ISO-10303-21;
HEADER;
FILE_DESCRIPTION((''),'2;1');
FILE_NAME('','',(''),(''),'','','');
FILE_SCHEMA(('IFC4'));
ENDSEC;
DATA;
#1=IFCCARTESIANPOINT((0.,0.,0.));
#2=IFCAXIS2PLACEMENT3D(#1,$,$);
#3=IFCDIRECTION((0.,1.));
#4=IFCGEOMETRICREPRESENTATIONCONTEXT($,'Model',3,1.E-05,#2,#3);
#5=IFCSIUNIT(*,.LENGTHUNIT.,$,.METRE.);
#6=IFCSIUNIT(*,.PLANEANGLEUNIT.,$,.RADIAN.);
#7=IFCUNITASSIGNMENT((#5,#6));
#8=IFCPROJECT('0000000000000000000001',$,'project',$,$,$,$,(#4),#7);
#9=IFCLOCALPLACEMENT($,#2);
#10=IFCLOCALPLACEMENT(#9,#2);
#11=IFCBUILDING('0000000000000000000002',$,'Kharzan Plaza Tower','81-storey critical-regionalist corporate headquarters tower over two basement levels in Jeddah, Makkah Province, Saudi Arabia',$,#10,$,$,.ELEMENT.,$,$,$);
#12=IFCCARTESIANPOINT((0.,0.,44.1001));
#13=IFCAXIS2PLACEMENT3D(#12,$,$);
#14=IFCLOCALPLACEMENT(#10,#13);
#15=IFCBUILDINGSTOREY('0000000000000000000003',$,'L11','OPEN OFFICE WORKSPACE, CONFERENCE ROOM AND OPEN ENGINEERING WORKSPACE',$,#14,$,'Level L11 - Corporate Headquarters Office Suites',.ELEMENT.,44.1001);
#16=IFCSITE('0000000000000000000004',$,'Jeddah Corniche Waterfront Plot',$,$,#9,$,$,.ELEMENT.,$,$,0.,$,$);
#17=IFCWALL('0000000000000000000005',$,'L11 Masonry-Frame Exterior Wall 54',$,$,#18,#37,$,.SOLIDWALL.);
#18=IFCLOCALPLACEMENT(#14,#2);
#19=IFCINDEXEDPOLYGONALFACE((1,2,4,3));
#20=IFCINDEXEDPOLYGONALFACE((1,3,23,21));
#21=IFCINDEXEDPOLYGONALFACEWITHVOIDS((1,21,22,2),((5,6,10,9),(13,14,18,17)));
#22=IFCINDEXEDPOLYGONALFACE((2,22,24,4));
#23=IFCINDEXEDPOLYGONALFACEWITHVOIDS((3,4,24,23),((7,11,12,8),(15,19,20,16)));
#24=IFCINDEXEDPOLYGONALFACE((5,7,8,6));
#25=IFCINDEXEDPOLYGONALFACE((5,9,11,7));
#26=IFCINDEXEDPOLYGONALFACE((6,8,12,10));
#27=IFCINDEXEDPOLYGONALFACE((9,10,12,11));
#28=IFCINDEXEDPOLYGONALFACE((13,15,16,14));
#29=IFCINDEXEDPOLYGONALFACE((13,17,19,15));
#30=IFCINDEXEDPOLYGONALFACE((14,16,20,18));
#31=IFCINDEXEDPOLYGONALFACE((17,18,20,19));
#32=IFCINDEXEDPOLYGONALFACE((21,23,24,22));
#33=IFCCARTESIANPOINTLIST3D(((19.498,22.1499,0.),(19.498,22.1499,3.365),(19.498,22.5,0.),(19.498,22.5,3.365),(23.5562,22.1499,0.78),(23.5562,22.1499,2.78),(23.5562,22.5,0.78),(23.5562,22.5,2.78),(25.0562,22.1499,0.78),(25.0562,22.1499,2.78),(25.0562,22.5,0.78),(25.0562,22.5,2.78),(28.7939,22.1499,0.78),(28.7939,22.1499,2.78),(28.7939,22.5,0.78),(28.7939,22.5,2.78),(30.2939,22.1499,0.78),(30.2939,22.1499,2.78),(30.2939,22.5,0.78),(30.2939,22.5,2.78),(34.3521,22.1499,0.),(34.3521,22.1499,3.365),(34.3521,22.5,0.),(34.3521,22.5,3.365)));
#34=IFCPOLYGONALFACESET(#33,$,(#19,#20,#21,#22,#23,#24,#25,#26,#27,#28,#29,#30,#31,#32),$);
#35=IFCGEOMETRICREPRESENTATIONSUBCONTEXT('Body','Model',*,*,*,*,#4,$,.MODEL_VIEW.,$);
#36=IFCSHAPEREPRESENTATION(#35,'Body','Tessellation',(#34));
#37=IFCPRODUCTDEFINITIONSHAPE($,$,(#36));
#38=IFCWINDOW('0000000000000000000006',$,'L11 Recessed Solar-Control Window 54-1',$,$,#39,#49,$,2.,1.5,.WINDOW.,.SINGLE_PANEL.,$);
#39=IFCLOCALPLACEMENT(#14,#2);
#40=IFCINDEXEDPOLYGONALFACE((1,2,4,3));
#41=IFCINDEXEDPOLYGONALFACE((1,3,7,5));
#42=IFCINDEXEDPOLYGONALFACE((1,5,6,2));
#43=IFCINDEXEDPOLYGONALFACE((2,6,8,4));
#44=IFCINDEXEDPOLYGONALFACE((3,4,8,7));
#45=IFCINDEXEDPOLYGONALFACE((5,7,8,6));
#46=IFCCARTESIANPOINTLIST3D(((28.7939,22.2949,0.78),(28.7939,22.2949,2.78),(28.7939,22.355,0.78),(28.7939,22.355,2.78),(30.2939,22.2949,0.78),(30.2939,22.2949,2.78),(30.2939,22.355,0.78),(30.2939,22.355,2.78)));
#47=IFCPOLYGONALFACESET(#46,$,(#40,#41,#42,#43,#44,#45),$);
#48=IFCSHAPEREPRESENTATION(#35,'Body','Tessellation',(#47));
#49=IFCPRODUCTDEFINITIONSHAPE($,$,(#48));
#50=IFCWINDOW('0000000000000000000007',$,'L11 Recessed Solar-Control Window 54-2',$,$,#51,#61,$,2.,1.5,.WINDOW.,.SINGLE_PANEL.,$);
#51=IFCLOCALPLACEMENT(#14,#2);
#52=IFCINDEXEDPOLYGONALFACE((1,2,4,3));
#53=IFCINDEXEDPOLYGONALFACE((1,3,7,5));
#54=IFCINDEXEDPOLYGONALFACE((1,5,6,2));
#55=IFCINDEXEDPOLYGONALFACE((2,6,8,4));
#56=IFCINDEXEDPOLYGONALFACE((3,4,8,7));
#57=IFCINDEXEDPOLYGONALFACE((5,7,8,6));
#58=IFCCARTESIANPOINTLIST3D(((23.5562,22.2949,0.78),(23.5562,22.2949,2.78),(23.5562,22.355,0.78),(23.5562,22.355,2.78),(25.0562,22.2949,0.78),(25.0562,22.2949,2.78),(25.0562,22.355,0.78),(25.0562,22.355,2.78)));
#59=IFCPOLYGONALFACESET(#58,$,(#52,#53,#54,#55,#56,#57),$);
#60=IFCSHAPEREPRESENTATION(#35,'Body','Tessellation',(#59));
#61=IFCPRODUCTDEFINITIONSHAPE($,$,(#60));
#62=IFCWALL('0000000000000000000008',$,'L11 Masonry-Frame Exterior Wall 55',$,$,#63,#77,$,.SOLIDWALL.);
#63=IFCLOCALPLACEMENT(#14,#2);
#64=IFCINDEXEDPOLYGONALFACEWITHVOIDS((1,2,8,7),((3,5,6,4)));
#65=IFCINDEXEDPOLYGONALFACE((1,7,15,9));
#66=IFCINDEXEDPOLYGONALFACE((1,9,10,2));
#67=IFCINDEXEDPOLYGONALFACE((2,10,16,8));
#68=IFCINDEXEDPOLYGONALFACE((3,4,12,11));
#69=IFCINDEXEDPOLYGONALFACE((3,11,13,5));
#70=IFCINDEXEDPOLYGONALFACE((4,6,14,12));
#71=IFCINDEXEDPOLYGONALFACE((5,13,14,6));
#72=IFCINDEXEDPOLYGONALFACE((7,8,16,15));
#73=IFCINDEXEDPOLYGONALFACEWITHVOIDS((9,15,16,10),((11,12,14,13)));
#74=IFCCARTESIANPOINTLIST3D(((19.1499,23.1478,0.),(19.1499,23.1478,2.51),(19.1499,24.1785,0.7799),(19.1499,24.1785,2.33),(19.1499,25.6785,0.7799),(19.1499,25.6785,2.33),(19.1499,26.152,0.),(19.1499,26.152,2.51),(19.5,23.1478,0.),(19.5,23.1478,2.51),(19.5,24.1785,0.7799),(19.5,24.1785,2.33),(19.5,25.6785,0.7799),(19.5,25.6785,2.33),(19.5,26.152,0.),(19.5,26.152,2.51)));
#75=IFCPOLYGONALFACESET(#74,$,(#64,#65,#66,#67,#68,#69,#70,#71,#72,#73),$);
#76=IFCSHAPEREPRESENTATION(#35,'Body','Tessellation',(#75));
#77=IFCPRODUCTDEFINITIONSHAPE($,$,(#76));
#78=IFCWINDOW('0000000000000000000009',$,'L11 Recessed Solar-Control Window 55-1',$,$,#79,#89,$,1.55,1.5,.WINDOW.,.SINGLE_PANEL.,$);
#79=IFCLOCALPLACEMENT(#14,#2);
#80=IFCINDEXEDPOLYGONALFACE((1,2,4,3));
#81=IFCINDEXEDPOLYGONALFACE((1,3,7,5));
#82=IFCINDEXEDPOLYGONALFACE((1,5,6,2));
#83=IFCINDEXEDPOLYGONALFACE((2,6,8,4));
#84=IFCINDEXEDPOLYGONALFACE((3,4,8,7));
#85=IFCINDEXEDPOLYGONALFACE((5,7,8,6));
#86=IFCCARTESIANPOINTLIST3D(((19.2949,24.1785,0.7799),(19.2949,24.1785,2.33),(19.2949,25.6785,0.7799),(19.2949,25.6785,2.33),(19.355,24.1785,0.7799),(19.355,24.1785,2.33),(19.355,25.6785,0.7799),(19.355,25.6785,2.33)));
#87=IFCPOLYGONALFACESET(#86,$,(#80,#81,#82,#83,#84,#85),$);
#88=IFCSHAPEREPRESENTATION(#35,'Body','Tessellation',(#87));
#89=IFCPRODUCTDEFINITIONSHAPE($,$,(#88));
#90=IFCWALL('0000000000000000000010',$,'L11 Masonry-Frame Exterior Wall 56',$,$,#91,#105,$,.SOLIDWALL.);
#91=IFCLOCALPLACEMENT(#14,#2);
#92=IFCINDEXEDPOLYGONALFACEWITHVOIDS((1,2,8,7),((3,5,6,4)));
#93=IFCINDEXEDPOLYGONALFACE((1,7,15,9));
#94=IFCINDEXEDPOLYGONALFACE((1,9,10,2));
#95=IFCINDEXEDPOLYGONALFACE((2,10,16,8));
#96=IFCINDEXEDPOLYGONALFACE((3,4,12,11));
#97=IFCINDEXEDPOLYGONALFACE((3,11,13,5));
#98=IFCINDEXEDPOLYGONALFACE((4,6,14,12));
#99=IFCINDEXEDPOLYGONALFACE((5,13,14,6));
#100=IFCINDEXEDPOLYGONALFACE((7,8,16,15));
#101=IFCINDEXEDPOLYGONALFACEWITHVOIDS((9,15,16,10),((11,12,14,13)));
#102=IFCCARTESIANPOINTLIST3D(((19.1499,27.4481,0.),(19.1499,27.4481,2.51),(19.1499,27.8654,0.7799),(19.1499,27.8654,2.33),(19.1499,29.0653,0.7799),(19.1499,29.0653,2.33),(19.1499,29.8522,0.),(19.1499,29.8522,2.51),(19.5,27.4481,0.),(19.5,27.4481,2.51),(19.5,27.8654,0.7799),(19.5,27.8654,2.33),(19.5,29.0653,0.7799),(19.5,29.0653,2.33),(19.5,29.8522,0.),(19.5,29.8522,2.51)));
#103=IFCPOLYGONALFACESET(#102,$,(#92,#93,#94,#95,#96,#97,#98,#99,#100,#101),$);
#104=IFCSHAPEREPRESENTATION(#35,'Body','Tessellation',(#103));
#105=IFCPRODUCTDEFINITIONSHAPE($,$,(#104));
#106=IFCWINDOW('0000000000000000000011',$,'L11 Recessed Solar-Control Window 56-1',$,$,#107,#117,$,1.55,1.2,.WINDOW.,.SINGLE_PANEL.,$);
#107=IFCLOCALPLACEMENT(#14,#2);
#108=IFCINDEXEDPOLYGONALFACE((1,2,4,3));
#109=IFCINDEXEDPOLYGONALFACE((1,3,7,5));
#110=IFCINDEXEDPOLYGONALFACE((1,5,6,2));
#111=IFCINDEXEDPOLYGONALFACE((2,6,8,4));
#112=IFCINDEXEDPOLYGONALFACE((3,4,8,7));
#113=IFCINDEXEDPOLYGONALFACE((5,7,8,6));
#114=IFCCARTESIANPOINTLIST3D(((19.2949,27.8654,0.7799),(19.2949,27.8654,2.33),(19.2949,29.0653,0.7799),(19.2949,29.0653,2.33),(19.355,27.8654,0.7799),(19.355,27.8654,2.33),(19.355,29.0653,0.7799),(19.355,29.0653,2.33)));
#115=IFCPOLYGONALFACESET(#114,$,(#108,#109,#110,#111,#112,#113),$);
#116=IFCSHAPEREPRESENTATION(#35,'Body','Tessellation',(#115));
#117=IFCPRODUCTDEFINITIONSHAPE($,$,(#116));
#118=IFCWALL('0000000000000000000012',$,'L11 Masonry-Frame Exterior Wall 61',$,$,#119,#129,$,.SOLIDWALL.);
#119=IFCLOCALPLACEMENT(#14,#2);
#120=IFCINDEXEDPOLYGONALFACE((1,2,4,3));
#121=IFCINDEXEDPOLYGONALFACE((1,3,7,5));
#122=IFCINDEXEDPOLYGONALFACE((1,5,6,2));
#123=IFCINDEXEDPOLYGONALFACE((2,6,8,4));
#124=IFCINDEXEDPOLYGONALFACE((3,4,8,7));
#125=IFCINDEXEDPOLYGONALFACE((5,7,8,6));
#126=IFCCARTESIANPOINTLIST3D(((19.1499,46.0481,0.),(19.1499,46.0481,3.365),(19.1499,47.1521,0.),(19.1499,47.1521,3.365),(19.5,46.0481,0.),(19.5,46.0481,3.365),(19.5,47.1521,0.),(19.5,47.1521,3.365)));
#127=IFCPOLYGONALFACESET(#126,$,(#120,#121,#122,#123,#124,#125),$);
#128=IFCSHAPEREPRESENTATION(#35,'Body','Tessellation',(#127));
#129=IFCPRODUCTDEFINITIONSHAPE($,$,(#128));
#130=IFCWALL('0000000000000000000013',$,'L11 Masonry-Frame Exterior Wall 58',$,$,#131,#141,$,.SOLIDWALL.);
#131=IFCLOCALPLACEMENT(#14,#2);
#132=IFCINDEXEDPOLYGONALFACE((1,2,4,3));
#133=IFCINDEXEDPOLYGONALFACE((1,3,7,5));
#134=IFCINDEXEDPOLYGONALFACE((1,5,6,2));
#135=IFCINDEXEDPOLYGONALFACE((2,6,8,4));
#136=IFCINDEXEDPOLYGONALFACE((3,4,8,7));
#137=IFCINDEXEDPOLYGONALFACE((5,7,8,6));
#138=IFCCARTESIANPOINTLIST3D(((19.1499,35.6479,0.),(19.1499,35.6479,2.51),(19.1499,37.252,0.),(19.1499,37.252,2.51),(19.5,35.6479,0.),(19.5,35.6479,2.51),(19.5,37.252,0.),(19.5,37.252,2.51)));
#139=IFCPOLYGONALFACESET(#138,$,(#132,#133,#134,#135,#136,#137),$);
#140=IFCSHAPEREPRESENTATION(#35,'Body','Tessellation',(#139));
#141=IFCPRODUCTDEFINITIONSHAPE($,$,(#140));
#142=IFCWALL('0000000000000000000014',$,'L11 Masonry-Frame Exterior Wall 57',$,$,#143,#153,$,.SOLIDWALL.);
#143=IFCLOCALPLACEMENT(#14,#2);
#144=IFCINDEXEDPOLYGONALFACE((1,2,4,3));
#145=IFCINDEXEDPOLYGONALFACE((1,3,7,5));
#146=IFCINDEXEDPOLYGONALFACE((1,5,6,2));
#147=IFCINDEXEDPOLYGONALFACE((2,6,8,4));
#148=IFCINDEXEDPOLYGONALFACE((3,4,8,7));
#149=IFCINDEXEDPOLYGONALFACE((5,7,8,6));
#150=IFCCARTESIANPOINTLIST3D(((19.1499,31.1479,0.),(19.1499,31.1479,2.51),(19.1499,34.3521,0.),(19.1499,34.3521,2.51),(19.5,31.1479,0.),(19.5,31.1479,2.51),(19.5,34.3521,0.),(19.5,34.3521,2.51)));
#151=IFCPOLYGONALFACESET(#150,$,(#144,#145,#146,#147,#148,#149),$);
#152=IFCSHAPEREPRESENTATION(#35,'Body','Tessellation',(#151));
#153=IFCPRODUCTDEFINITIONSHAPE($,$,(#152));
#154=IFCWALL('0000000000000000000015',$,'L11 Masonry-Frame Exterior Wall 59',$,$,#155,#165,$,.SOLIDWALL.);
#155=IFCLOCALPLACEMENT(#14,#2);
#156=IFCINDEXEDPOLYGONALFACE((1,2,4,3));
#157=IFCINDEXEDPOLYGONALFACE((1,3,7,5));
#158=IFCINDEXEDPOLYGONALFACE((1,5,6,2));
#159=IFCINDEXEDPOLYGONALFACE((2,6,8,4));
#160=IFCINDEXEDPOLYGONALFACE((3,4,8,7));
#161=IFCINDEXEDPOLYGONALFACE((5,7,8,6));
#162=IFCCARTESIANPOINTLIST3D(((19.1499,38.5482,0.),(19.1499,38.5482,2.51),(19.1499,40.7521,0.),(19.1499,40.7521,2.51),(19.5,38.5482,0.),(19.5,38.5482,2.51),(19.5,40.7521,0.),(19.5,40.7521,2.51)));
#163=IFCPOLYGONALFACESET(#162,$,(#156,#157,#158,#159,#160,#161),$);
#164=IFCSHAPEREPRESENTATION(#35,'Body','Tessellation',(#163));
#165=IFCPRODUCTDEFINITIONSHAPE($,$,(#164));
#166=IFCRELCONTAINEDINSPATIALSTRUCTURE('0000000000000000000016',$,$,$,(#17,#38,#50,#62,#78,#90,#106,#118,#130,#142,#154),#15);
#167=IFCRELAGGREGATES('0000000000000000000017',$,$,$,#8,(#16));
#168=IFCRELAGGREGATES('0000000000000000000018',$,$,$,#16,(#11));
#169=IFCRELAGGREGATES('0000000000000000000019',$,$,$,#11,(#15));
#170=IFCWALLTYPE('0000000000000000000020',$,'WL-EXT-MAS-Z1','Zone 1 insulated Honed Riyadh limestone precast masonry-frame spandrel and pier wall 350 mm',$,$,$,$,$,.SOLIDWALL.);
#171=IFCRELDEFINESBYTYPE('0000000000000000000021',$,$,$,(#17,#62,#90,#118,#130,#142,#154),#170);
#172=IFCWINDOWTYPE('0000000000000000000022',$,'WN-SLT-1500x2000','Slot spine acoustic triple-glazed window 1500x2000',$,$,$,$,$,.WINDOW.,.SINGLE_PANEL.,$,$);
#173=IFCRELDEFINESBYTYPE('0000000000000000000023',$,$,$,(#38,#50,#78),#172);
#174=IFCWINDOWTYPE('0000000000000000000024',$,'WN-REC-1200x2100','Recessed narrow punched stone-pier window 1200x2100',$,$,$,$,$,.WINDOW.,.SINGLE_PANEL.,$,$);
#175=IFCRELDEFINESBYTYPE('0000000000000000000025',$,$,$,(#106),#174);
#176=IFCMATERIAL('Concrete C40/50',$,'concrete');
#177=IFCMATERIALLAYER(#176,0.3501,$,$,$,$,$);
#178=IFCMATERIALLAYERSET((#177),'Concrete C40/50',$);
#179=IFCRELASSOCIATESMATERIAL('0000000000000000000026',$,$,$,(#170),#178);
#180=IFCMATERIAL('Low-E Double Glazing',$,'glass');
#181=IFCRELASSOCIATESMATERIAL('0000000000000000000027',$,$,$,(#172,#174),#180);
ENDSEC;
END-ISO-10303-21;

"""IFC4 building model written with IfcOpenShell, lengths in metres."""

from ifc_helpers import new_model, si_unit, direction, frame, frame_2d, origin, place, context, subcontext, project, spatial, rectangle, extrude, source, transform, mapped, material, layer, layer_set, type_object, element, fill, save


model = new_model("IFC4")

# Units and contexts
model_context = context("Model", 3, precision=1e-05, world=origin(), true_north=direction((0.0, 1.0)))
body_context = subcontext(model_context, "Body", "Model", "MODEL_VIEW")
ifc_project = project(units=[si_unit("LENGTHUNIT", "METRE"), si_unit("PLANEANGLEUNIT", "RADIAN")], contexts=[model_context])

# Site, building, storey
site_placement = place(None, origin())
site = spatial("IfcSite", under=ifc_project, at=site_placement, Name="Jeddah Corniche Waterfront Plot", CompositionType="ELEMENT", RefElevation=0.0)
building_placement = place(site_placement, origin())
building = spatial("IfcBuilding", under=site, at=building_placement, Name="Kharzan Plaza Tower", Description="81-storey critical-regionalist corporate headquarters tower over two basement levels in Jeddah, Makkah Province, Saudi Arabia", CompositionType="ELEMENT")
storey_placement = place(building_placement, frame((0.0, 0.0, 44.1001)))
storey = spatial("IfcBuildingStorey", under=building, at=storey_placement, Name="L11", Description="OPEN OFFICE WORKSPACE, CONFERENCE ROOM AND OPEN ENGINEERING WORKSPACE", LongName="Level L11 - Corporate Headquarters Office Suites", CompositionType="ELEMENT", Elevation=44.1001)

# Shared definitions
ifc_material_1 = material(Name="Concrete C40/50", Category="concrete")
ifc_layer_1 = layer(ifc_material_1, 0.3501)
ifc_layer_set_1 = layer_set([ifc_layer_1], Name="Concrete C40/50")
wall_type_1 = type_object("IfcWallType", Name="WL-EXT-MAS-Z1", Description="Zone 1 insulated Honed Riyadh limestone precast masonry-frame spandrel and pier wall 350 mm", PredefinedType="SOLIDWALL", material=ifc_layer_set_1)
ifc_material_2 = material(Name="Low-E Double Glazing", Category="glass")

# Wall, openings, windows
wall_1_placement = place(storey_placement, frame((34.3521, 22.325, 0.0), z_axis=(0.0, 0.0, 1.0), x_axis=(-1.0, 0.0, 0.0)))
wall_1 = element("IfcWall", 1, at=wall_1_placement, inside=storey, type_object=wall_type_1, Name="L11 Masonry-Frame Exterior Wall 54", PredefinedType="SOLIDWALL", context=body_context, shape_type="SweptSolid", body=[
    extrude(rectangle(XDim=14.854, YDim=0.3501, at=frame_2d((7.427, 0.0))), origin(), (0.0, 0.0, 1.0), 3.365),
])
opening_1_placement = place(wall_1_placement, frame((4.0581, 0.0, 0.78)))
opening_1 = element("IfcOpeningElement", 2, at=opening_1_placement, cuts=wall_1, PredefinedType="OPENING", context=body_context, shape_type="SweptSolid", body=[
    extrude(rectangle(XDim=1.5, YDim=2.0, at=frame_2d((0.75, 1.0))), frame((0.0, 0.1851, 0.0), z_axis=(0.0, -1.0, 0.0), x_axis=(1.0, 0.0, 0.0)), (0.0, 0.0, 1.0), 0.3701),
])
opening_2_placement = place(wall_1_placement, frame((9.2959, 0.0, 0.78)))
opening_2 = element("IfcOpeningElement", 3, at=opening_2_placement, cuts=wall_1, PredefinedType="OPENING", context=body_context, shape_type="SweptSolid", body=[
    extrude(rectangle(XDim=1.5, YDim=2.0, at=frame_2d((0.75, 1.0))), frame((0.0, 0.1851, 0.0), z_axis=(0.0, -1.0, 0.0), x_axis=(1.0, 0.0, 0.0)), (0.0, 0.0, 1.0), 0.3701),
])
window_type_1 = type_object("IfcWindowType", Name="WN-SLT-1500x2000", Description="Slot spine acoustic triple-glazed window 1500x2000", PartitioningType="SINGLE_PANEL", PredefinedType="WINDOW", material=ifc_material_2)
shared_shape_1 = source(origin(), body_context, "Body", "SweptSolid", [
    extrude(rectangle(XDim=1.5, YDim=2.0, at=frame_2d((0.75, 1.0))), frame((0.0, 0.03, 0.0), z_axis=(0.0, -1.0, 0.0), x_axis=(1.0, 0.0, 0.0)), (0.0, 0.0, 1.0), 0.0601),
])
window_1_placement = place(opening_1_placement, origin())
window_1 = element("IfcWindow", 4, at=window_1_placement, inside=storey, type_object=window_type_1, Name="L11 Recessed Solar-Control Window 54-1", OverallHeight=2.0, OverallWidth=1.5, PartitioningType="SINGLE_PANEL", PredefinedType="WINDOW", context=body_context, shape_type="MappedRepresentation", body=[
    mapped(shared_shape_1, transform((0.0, 0.0, 0.0), x_axis=(1.0, 0.0, 0.0), y_axis=(0.0, 1.0, 0.0), z_axis=(0.0, 0.0, 1.0))),
])
fill(opening_1, window_1)
window_2_placement = place(opening_2_placement, origin())
window_2 = element("IfcWindow", 5, at=window_2_placement, inside=storey, type_object=window_type_1, Name="L11 Recessed Solar-Control Window 54-2", OverallHeight=2.0, OverallWidth=1.5, PartitioningType="SINGLE_PANEL", PredefinedType="WINDOW", context=body_context, shape_type="MappedRepresentation", body=[
    mapped(shared_shape_1, transform((0.0, 0.0, 0.0), x_axis=(1.0, 0.0, 0.0), y_axis=(0.0, 1.0, 0.0), z_axis=(0.0, 0.0, 1.0))),
])
fill(opening_2, window_2)

# Walls, openings, windows
wall_2_placement = place(storey_placement, frame((19.325, 23.1479, 0.0), z_axis=(0.0, 0.0, 1.0), x_axis=(0.0, 1.0, 0.0)))
wall_2 = element("IfcWall", 6, at=wall_2_placement, inside=storey, type_object=wall_type_1, Name="L11 Masonry-Frame Exterior Wall 55", PredefinedType="SOLIDWALL", context=body_context, shape_type="SweptSolid", body=[
    extrude(rectangle(XDim=3.0042, YDim=0.3501, at=frame_2d((1.502, 0.0))), origin(), (0.0, 0.0, 1.0), 2.51),
])
opening_3_placement = place(wall_2_placement, frame((1.0305, 0.0, 0.78)))
opening_3 = element("IfcOpeningElement", 7, at=opening_3_placement, cuts=wall_2, PredefinedType="OPENING", context=body_context, shape_type="SweptSolid", body=[
    extrude(rectangle(XDim=1.5, YDim=1.55, at=frame_2d((0.75, 0.7749))), frame((0.0, 0.1851, 0.0), z_axis=(0.0, -1.0, 0.0), x_axis=(1.0, 0.0, 0.0)), (0.0, 0.0, 1.0), 0.3701),
])
shared_shape_2 = source(origin(), body_context, "Body", "SweptSolid", [
    extrude(rectangle(XDim=1.5, YDim=1.55, at=frame_2d((0.75, 0.7749))), frame((0.0, 0.03, 0.0), z_axis=(0.0, -1.0, 0.0), x_axis=(1.0, 0.0, 0.0)), (0.0, 0.0, 1.0), 0.0601),
])
window_3_placement = place(opening_3_placement, origin())
window_3 = element("IfcWindow", 8, at=window_3_placement, inside=storey, type_object=window_type_1, Name="L11 Recessed Solar-Control Window 55-1", OverallHeight=1.55, OverallWidth=1.5, PartitioningType="SINGLE_PANEL", PredefinedType="WINDOW", context=body_context, shape_type="MappedRepresentation", body=[
    mapped(shared_shape_2, transform((0.0, 0.0, 0.0), x_axis=(1.0, 0.0, 0.0), y_axis=(0.0, 1.0, 0.0), z_axis=(0.0, 0.0, 1.0))),
])
fill(opening_3, window_3)
wall_3_placement = place(storey_placement, frame((19.325, 27.448, 0.0), z_axis=(0.0, 0.0, 1.0), x_axis=(0.0, 1.0, 0.0)))
wall_3 = element("IfcWall", 9, at=wall_3_placement, inside=storey, type_object=wall_type_1, Name="L11 Masonry-Frame Exterior Wall 56", PredefinedType="SOLIDWALL", context=body_context, shape_type="SweptSolid", body=[
    extrude(rectangle(XDim=2.4041, YDim=0.3501, at=frame_2d((1.2021, 0.0))), origin(), (0.0, 0.0, 1.0), 2.51),
])
opening_4_placement = place(wall_3_placement, frame((0.4172, 0.0, 0.78)))
opening_4 = element("IfcOpeningElement", 10, at=opening_4_placement, cuts=wall_3, PredefinedType="OPENING", context=body_context, shape_type="SweptSolid", body=[
    extrude(rectangle(XDim=1.2, YDim=1.55, at=frame_2d((0.6001, 0.7749))), frame((0.0, 0.1851, 0.0), z_axis=(0.0, -1.0, 0.0), x_axis=(1.0, 0.0, 0.0)), (0.0, 0.0, 1.0), 0.3701),
])
window_type_2 = type_object("IfcWindowType", Name="WN-REC-1200x2100", Description="Recessed narrow punched stone-pier window 1200x2100", PartitioningType="SINGLE_PANEL", PredefinedType="WINDOW", material=ifc_material_2)
shared_shape_3 = source(origin(), body_context, "Body", "SweptSolid", [
    extrude(rectangle(XDim=1.2, YDim=1.55, at=frame_2d((0.6001, 0.7749))), frame((0.0, 0.03, 0.0), z_axis=(0.0, -1.0, 0.0), x_axis=(1.0, 0.0, 0.0)), (0.0, 0.0, 1.0), 0.0601),
])
window_4_placement = place(opening_4_placement, origin())
window_4 = element("IfcWindow", 11, at=window_4_placement, inside=storey, type_object=window_type_2, Name="L11 Recessed Solar-Control Window 56-1", OverallHeight=1.55, OverallWidth=1.2, PartitioningType="SINGLE_PANEL", PredefinedType="WINDOW", context=body_context, shape_type="MappedRepresentation", body=[
    mapped(shared_shape_3, transform((0.0, 0.0, 0.0), x_axis=(1.0, 0.0, 0.0), y_axis=(0.0, 1.0, 0.0), z_axis=(0.0, 0.0, 1.0))),
])
fill(opening_4, window_4)

# Walls
shared_shape_4 = source(origin(), body_context, "Body", "SweptSolid", [
    extrude(rectangle(XDim=1.104, YDim=0.3501, at=frame_2d((0.552, 0.0))), origin(), (0.0, 0.0, 1.0), 3.365),
])
wall_4_placement = place(storey_placement, frame((19.325, 46.0481, 0.0), z_axis=(0.0, 0.0, 1.0), x_axis=(0.0, 1.0, 0.0)))
element("IfcWall", 12, at=wall_4_placement, inside=storey, type_object=wall_type_1, Name="L11 Masonry-Frame Exterior Wall 61", PredefinedType="SOLIDWALL", context=body_context, shape_type="MappedRepresentation", body=[
    mapped(shared_shape_4, transform((0.0, 0.0, 0.0), x_axis=(1.0, 0.0, 0.0), y_axis=(0.0, 1.0, 0.0), z_axis=(0.0, 0.0, 1.0))),
])
shared_shape_5 = source(origin(), body_context, "Body", "SweptSolid", [
    extrude(rectangle(XDim=1.604, YDim=0.3501, at=frame_2d((0.802, 0.0))), origin(), (0.0, 0.0, 1.0), 2.51),
])
wall_5_placement = place(storey_placement, frame((19.325, 35.6479, 0.0), z_axis=(0.0, 0.0, 1.0), x_axis=(0.0, 1.0, 0.0)))
element("IfcWall", 13, at=wall_5_placement, inside=storey, type_object=wall_type_1, Name="L11 Masonry-Frame Exterior Wall 58", PredefinedType="SOLIDWALL", context=body_context, shape_type="MappedRepresentation", body=[
    mapped(shared_shape_5, transform((0.0, 0.0, 0.0), x_axis=(1.0, 0.0, 0.0), y_axis=(0.0, 1.0, 0.0), z_axis=(0.0, 0.0, 1.0))),
])
shared_shape_6 = source(origin(), body_context, "Body", "SweptSolid", [
    extrude(rectangle(XDim=3.2041, YDim=0.3501, at=frame_2d((1.6021, 0.0))), origin(), (0.0, 0.0, 1.0), 2.51),
])
wall_6_placement = place(storey_placement, frame((19.325, 31.1479, 0.0), z_axis=(0.0, 0.0, 1.0), x_axis=(0.0, 1.0, 0.0)))
element("IfcWall", 14, at=wall_6_placement, inside=storey, type_object=wall_type_1, Name="L11 Masonry-Frame Exterior Wall 57", PredefinedType="SOLIDWALL", context=body_context, shape_type="MappedRepresentation", body=[
    mapped(shared_shape_6, transform((0.0, 0.0, 0.0), x_axis=(1.0, 0.0, 0.0), y_axis=(0.0, 1.0, 0.0), z_axis=(0.0, 0.0, 1.0))),
])
shared_shape_7 = source(origin(), body_context, "Body", "SweptSolid", [
    extrude(rectangle(XDim=2.2039, YDim=0.3501, at=frame_2d((1.1021, 0.0))), origin(), (0.0, 0.0, 1.0), 2.51),
])
wall_7_placement = place(storey_placement, frame((19.325, 38.5481, 0.0), z_axis=(0.0, 0.0, 1.0), x_axis=(0.0, 1.0, 0.0)))
element("IfcWall", 15, at=wall_7_placement, inside=storey, type_object=wall_type_1, Name="L11 Masonry-Frame Exterior Wall 59", PredefinedType="SOLIDWALL", context=body_context, shape_type="MappedRepresentation", body=[
    mapped(shared_shape_7, transform((0.0, 0.0, 0.0), x_axis=(1.0, 0.0, 0.0), y_axis=(0.0, 1.0, 0.0), z_axis=(0.0, 0.0, 1.0))),
])

save(model, "model.ifc")
